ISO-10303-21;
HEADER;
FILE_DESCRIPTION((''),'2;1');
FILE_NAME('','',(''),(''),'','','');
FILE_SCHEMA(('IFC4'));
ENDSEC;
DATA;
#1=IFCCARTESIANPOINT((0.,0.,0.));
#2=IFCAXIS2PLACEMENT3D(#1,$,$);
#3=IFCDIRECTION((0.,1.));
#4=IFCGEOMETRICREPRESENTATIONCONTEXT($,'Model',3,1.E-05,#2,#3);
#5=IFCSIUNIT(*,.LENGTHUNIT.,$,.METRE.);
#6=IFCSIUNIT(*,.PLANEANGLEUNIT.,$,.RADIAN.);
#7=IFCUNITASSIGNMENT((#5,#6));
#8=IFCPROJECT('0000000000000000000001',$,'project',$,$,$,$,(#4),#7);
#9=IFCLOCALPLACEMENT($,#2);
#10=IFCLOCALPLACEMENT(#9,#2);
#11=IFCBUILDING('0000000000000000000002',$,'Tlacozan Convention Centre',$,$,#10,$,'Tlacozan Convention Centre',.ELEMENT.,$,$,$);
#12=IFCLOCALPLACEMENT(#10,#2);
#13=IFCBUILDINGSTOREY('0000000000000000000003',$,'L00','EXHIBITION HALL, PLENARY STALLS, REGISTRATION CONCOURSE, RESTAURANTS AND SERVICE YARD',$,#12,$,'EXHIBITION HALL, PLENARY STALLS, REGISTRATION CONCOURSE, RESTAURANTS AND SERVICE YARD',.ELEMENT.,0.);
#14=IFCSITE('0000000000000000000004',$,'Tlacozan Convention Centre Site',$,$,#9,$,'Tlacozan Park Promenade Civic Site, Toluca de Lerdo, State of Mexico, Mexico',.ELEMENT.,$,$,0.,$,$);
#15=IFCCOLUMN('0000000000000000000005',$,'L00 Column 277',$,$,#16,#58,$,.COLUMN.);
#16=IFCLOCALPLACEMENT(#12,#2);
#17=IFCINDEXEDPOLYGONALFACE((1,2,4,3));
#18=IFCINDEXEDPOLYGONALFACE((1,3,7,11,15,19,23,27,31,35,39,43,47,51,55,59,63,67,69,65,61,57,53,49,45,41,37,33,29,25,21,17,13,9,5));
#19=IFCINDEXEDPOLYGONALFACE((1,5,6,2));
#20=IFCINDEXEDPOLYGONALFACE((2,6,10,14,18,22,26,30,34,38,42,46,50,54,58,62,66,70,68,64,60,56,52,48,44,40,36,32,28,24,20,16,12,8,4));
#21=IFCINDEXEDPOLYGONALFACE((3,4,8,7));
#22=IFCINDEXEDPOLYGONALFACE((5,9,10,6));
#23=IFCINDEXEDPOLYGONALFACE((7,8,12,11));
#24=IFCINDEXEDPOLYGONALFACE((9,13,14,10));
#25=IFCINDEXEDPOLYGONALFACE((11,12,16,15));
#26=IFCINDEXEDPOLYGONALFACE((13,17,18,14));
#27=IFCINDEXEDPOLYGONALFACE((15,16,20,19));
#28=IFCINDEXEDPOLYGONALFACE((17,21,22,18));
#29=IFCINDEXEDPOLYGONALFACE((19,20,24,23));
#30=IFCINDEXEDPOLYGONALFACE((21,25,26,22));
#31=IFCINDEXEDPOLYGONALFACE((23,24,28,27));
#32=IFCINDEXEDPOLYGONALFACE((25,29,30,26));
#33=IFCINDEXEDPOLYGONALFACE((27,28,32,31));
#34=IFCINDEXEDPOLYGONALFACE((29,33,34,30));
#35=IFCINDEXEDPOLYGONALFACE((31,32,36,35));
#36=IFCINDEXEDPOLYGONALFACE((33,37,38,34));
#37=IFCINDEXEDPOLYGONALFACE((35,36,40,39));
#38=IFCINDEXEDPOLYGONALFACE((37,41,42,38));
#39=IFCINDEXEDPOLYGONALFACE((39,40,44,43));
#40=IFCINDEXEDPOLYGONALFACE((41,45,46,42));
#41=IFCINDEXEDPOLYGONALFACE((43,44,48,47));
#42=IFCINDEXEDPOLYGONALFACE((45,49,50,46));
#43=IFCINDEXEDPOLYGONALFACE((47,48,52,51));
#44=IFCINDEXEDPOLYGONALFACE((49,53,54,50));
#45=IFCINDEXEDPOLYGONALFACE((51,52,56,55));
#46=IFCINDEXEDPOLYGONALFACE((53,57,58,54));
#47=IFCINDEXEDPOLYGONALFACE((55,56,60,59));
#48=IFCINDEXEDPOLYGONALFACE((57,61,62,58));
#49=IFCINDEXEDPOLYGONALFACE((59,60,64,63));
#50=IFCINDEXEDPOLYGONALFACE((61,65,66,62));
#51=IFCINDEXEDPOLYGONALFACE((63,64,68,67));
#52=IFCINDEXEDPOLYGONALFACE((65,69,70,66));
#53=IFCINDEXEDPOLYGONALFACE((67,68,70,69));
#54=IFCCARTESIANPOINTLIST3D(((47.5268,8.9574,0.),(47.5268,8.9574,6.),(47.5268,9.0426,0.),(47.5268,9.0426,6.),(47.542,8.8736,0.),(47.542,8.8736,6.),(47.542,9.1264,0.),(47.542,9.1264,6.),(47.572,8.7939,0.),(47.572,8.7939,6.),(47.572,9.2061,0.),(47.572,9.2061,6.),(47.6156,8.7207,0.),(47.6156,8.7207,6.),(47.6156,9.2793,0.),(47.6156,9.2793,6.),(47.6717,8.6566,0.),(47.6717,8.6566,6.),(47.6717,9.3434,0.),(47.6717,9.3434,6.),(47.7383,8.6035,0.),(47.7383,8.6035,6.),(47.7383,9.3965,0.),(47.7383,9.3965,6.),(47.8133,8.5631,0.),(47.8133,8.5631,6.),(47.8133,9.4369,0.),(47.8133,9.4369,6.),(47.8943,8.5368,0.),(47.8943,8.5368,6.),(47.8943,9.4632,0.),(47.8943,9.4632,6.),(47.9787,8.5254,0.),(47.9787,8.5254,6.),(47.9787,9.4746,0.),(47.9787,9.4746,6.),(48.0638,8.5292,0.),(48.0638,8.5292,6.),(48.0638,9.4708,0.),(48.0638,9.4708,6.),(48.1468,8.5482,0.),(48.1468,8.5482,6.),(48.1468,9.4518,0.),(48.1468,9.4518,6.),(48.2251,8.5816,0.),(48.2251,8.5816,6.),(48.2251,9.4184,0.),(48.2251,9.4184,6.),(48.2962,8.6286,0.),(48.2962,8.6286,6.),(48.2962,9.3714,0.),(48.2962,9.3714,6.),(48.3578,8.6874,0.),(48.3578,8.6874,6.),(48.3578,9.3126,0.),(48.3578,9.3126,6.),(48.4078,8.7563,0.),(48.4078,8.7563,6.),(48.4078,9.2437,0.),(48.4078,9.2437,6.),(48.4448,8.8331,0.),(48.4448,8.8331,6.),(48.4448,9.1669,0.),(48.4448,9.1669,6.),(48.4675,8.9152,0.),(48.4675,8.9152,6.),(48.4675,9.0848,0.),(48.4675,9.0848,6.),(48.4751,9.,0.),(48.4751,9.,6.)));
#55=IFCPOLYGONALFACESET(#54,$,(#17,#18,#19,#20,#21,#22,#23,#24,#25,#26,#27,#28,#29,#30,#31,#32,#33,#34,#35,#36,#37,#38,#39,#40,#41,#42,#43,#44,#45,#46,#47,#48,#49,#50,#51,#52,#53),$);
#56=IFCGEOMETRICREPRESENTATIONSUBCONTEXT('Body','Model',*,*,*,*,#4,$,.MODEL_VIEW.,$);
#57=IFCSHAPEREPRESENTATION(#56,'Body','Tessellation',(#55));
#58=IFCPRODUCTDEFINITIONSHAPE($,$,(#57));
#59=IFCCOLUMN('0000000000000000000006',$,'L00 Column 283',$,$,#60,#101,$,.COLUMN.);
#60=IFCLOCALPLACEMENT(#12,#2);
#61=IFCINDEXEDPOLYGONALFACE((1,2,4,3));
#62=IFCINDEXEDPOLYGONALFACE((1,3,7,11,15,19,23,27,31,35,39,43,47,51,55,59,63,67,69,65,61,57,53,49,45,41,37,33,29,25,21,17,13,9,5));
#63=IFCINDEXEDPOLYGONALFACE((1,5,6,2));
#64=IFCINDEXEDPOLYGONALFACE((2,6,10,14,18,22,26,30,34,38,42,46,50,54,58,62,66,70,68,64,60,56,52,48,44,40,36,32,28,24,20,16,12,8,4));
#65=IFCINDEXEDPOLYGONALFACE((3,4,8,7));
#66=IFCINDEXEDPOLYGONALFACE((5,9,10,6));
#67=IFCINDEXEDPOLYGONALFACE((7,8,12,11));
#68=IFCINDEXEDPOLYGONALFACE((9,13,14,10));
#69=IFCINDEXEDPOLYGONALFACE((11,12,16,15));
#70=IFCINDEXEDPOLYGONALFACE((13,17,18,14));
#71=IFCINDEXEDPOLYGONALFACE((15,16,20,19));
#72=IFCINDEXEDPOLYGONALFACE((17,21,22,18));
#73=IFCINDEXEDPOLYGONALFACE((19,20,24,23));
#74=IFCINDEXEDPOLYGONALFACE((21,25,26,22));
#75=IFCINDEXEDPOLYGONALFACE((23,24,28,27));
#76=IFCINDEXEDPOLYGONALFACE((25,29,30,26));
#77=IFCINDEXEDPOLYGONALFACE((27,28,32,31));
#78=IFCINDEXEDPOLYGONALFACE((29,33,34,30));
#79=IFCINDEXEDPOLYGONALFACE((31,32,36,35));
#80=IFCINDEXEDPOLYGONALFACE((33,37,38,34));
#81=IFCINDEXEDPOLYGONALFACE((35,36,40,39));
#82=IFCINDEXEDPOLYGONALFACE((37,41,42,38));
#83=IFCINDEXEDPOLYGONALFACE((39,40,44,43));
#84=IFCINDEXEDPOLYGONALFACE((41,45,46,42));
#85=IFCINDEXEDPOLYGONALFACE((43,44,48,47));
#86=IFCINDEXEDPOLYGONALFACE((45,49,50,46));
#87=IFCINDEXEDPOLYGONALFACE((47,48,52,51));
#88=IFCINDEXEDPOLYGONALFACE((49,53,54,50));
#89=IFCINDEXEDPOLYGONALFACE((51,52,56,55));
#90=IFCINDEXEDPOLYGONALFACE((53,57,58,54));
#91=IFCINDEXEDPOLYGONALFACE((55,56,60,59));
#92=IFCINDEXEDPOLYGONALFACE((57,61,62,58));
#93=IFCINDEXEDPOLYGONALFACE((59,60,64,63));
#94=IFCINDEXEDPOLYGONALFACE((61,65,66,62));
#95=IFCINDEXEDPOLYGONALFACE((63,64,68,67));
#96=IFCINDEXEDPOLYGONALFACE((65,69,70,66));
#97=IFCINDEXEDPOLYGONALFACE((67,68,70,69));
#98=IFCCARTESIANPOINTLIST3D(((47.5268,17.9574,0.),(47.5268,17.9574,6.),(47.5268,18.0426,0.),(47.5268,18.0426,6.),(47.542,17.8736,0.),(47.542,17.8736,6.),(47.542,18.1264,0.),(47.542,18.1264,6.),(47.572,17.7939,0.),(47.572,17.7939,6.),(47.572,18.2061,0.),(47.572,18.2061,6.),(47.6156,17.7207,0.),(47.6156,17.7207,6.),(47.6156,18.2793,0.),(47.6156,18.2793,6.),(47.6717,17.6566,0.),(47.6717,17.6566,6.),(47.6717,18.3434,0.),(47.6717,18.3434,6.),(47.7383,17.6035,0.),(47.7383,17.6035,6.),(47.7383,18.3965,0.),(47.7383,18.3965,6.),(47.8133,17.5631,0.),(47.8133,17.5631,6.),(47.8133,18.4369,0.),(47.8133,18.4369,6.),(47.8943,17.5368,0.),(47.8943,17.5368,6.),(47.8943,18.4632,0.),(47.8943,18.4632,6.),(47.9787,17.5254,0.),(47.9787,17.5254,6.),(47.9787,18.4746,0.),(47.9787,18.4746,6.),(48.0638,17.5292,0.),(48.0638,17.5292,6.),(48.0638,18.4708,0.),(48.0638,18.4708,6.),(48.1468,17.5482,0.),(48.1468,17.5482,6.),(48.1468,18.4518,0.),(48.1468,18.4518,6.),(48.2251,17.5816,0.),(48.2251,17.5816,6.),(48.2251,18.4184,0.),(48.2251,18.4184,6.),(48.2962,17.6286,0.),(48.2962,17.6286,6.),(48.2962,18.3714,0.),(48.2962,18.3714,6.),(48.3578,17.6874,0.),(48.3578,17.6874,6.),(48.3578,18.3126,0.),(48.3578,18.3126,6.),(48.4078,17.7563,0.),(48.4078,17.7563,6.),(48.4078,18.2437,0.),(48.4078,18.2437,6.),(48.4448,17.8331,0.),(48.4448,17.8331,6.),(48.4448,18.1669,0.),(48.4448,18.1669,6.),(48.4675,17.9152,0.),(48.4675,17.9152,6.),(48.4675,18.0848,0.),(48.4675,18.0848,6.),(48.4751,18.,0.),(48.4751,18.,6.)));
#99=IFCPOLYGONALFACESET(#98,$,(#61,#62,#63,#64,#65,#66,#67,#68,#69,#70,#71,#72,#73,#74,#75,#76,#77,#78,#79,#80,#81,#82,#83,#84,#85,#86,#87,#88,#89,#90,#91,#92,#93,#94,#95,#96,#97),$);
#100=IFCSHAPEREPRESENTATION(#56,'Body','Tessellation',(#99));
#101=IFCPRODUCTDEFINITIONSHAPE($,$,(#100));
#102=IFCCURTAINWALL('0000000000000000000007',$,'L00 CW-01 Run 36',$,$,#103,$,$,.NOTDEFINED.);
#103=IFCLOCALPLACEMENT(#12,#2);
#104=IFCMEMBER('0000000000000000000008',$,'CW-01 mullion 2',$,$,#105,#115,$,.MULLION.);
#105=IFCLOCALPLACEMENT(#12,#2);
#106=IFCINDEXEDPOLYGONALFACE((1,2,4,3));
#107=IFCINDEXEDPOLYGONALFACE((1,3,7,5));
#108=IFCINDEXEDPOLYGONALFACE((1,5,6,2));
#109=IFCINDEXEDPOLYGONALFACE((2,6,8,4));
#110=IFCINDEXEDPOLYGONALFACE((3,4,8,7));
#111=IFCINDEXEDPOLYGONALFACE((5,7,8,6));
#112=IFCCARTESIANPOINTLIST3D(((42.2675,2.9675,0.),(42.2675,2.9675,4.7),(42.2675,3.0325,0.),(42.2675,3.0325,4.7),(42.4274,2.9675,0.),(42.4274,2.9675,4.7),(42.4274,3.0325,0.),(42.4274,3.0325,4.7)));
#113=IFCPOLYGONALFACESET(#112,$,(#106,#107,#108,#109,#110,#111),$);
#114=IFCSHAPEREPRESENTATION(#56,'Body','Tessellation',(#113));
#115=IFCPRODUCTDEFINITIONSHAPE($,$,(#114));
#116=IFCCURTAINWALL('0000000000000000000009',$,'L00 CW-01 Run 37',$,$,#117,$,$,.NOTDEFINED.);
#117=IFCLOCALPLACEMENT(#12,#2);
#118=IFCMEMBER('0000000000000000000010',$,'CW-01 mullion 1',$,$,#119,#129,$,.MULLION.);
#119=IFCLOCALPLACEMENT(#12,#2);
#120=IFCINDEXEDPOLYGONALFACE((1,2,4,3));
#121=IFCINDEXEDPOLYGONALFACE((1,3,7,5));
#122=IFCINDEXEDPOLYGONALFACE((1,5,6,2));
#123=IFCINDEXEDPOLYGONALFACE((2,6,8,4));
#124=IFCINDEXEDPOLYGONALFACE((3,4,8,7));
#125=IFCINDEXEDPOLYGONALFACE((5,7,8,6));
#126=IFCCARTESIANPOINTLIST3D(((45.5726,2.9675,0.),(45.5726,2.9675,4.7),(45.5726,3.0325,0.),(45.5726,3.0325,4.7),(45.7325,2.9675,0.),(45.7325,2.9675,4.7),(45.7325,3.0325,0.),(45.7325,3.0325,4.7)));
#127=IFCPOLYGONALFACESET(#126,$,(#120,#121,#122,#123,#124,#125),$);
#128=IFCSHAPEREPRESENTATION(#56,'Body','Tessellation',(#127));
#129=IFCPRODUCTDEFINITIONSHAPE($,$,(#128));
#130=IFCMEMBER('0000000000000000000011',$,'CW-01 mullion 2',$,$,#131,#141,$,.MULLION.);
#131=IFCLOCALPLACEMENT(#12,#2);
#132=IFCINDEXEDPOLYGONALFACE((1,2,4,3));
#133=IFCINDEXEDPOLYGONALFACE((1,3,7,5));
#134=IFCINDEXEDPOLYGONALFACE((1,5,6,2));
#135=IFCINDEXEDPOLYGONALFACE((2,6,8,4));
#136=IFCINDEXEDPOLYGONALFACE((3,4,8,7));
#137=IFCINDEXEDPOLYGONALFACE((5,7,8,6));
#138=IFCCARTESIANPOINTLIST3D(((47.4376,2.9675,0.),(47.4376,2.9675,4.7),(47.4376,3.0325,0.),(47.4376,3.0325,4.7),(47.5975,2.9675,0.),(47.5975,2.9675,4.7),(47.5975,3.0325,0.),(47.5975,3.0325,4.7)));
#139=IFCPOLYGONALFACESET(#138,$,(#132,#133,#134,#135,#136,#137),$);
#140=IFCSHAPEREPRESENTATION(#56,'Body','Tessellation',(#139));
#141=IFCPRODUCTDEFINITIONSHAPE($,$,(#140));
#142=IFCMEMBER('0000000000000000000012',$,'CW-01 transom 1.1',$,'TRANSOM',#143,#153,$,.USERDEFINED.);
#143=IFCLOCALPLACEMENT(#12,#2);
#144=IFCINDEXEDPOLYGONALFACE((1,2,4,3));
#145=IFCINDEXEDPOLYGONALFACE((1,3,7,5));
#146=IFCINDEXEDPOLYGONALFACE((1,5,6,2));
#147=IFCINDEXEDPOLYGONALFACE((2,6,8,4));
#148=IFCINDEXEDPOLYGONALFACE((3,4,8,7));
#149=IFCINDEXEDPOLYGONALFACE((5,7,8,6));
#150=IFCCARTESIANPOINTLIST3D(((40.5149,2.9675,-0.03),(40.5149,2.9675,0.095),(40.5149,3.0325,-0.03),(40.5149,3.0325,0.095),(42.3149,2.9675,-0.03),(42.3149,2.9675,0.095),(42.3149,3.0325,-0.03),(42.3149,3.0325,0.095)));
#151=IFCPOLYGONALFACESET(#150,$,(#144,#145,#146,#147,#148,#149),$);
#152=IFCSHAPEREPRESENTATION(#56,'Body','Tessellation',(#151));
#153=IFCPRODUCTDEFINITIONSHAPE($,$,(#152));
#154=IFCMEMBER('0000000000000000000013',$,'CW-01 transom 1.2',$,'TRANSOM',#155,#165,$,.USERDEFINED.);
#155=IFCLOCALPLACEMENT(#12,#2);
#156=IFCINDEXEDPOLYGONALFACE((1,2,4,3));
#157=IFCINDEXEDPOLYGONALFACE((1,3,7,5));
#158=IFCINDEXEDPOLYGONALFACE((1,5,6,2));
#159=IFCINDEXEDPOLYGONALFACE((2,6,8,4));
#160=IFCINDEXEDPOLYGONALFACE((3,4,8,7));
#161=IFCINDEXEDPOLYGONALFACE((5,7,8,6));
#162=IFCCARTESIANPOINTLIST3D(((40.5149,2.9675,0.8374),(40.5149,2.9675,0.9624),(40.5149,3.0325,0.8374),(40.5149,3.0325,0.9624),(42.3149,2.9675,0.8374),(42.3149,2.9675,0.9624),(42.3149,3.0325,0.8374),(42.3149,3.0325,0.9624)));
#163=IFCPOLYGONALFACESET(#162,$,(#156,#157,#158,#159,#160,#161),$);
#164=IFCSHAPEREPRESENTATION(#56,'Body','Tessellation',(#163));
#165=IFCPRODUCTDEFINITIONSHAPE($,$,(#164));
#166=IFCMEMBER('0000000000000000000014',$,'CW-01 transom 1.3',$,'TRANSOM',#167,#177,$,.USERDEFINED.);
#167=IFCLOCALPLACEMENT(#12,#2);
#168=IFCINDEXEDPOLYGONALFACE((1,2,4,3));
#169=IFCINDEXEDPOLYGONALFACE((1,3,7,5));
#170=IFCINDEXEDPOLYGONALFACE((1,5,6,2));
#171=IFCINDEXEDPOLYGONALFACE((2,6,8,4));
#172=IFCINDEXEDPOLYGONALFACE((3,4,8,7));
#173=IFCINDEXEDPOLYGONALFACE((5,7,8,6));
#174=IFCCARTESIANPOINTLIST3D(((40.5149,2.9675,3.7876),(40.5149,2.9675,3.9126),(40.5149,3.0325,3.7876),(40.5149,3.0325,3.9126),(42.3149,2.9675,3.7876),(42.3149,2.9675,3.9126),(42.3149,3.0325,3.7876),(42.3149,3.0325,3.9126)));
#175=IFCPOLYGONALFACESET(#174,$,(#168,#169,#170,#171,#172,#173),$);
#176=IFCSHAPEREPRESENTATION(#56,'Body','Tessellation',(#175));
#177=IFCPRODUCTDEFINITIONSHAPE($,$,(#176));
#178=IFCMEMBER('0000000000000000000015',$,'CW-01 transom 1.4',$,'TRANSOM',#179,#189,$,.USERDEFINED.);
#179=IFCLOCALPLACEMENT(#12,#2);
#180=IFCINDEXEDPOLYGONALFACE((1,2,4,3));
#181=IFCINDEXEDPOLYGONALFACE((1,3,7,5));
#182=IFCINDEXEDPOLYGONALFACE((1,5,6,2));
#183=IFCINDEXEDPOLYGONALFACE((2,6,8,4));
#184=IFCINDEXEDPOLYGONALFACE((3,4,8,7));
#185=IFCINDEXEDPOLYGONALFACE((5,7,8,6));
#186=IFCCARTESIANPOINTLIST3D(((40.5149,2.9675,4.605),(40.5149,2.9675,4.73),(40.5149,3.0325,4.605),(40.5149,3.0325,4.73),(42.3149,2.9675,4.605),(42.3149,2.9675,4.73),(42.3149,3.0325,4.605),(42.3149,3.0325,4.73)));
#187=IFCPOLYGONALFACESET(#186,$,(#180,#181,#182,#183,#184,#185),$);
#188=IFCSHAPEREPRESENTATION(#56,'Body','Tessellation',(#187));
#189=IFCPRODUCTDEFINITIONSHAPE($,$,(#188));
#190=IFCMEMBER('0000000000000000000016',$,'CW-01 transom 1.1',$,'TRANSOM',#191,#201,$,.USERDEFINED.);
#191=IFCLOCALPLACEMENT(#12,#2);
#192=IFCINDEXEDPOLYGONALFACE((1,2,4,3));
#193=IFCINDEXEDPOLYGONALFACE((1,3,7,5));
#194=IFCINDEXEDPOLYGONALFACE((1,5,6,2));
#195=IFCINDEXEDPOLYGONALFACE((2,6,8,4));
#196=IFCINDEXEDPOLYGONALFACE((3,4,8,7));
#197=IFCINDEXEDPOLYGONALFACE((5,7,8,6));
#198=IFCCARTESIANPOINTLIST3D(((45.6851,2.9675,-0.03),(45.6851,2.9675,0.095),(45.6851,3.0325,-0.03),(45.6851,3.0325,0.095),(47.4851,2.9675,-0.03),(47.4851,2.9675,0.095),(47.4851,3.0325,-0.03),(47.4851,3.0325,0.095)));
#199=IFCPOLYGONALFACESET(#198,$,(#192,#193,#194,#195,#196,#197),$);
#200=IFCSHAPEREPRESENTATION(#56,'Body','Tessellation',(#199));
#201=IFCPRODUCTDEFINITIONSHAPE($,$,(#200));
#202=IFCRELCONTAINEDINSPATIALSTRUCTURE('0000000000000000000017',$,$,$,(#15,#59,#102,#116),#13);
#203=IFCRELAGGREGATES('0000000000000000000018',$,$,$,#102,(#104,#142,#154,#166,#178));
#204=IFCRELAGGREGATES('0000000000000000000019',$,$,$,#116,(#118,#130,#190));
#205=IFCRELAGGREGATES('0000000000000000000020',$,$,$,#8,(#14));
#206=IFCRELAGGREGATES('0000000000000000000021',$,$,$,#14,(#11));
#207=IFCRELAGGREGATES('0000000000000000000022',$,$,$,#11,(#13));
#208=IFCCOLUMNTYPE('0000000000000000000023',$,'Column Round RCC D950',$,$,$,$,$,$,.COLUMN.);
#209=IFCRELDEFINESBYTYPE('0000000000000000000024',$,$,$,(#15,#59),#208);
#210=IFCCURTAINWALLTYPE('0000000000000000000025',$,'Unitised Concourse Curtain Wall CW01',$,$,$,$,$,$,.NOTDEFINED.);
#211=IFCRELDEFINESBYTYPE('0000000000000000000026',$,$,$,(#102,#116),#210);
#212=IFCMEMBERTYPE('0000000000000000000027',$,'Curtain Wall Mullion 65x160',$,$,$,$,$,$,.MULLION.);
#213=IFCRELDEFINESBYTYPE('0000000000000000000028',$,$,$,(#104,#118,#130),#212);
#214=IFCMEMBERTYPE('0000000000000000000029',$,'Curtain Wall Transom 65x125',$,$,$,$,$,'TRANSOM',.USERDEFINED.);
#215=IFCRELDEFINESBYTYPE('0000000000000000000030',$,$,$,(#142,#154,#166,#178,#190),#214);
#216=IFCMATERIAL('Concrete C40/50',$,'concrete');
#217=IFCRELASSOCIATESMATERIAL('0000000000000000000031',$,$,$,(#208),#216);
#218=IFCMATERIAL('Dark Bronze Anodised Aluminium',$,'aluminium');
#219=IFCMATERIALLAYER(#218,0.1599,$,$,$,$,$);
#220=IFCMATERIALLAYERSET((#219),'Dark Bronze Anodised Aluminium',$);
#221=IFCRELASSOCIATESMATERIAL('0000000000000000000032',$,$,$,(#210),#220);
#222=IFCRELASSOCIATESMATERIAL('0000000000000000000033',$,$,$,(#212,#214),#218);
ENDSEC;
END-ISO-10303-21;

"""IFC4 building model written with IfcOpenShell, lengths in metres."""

from ifc_helpers import new_model, si_unit, direction, frame, origin, origin_2d, place, context, subcontext, project, spatial, rectangle, circle, extrude, material, layer, layer_set, material_profile, profile_set, type_object, element, aggregate, save


model = new_model("IFC4")

# Units and contexts
model_context = context("Model", 3, precision=1e-05, world=origin(), true_north=direction((0.0, 1.0)))
body_context = subcontext(model_context, "Body", "Model", "MODEL_VIEW")
ifc_project = project(units=[si_unit("LENGTHUNIT", "METRE"), si_unit("PLANEANGLEUNIT", "RADIAN")], contexts=[model_context])

# Site, building, storey
site_placement = place(None, origin())
site = spatial("IfcSite", under=ifc_project, at=site_placement, Name="Tlacozan Convention Centre Site", LongName="Tlacozan Park Promenade Civic Site, Toluca de Lerdo, State of Mexico, Mexico", CompositionType="ELEMENT", RefElevation=0.0)
building_placement = place(site_placement, origin())
building = spatial("IfcBuilding", under=site, at=building_placement, Name="Tlacozan Convention Centre", LongName="Tlacozan Convention Centre", CompositionType="ELEMENT")
storey_placement = place(building_placement, origin())
storey = spatial("IfcBuildingStorey", under=building, at=storey_placement, Name="L00", Description="EXHIBITION HALL, PLENARY STALLS, REGISTRATION CONCOURSE, RESTAURANTS AND SERVICE YARD", LongName="EXHIBITION HALL, PLENARY STALLS, REGISTRATION CONCOURSE, RESTAURANTS AND SERVICE YARD", CompositionType="ELEMENT", Elevation=0.0)

# Columns
ifc_material_1 = material(Name="Concrete C40/50", Category="concrete")
ifc_material_profile_1 = material_profile(ifc_material_1, circle(Radius=0.4751, at=origin_2d()), Name="RCC D950")
ifc_profile_set_1 = profile_set([ifc_material_profile_1], Name="Concrete C40/50")
column_type = type_object("IfcColumnType", Name="Column Round RCC D950", PredefinedType="COLUMN", material=ifc_profile_set_1)
for number, where, z_axis, x_axis, name in (
    (1, (48.0, 9.0, 0.0), (0.0, 0.0, 1.0), (1.0, 0.0, 0.0), "L00 Column 277"),
    (2, (48.0, 18.0, 0.0), (0.0, 0.0, 1.0), (1.0, 0.0, 0.0), "L00 Column 283"),
):
    element("IfcColumn", number, at=place(storey_placement, frame(where, z_axis=z_axis, x_axis=x_axis)), inside=storey, type_object=column_type, Name=name, PredefinedType="COLUMN", context=body_context, shape_type="SweptSolid", body=[
        extrude(circle(Radius=0.4751, at=origin_2d()), origin(), (0.0, 0.0, 1.0), 6.0),
    ])

# Curtain wall, member
ifc_material_2 = material(Name="Dark Bronze Anodised Aluminium", Category="aluminium")
ifc_layer_1 = layer(ifc_material_2, 0.1599)
ifc_layer_set_1 = layer_set([ifc_layer_1], Name="Dark Bronze Anodised Aluminium")
curtain_wall_type = type_object("IfcCurtainWallType", Name="Unitised Concourse Curtain Wall CW01", PredefinedType="NOTDEFINED", material=ifc_layer_set_1)
curtain_wall_1_placement = place(storey_placement, origin())
curtain_wall_1 = element("IfcCurtainWall", 3, at=curtain_wall_1_placement, inside=storey, type_object=curtain_wall_type, Name="L00 CW-01 Run 36", PredefinedType="NOTDEFINED")
ifc_material_profile_2 = material_profile(ifc_material_2, rectangle(XDim=0.0649, YDim=0.1599, at=origin_2d()), Name="ALU 65x160")
ifc_profile_set_2 = profile_set([ifc_material_profile_2], Name="Dark Bronze Anodised Aluminium")
member_type_1 = type_object("IfcMemberType", Name="Curtain Wall Mullion 65x160", PredefinedType="MULLION", material=ifc_profile_set_2)
member_1_placement = place(storey_placement, frame((42.3474, 3.0, 0.0), z_axis=(0.0, 0.0, 1.0), x_axis=(0.0, 1.0, 0.0)))
member_1 = element("IfcMember", 4, at=member_1_placement, type_object=member_type_1, Name="CW-01 mullion 2", PredefinedType="MULLION", context=body_context, shape_type="SweptSolid", body=[
    extrude(rectangle(XDim=0.0649, YDim=0.1599, at=origin_2d()), origin(), (0.0, 0.0, 1.0), 4.7),
])

# Curtain wall, members
curtain_wall_2_placement = place(storey_placement, origin())
curtain_wall_2 = element("IfcCurtainWall", 5, at=curtain_wall_2_placement, inside=storey, type_object=curtain_wall_type, Name="L00 CW-01 Run 37", PredefinedType="NOTDEFINED")
member_2_placement = place(storey_placement, frame((45.6526, 3.0, 0.0), z_axis=(0.0, 0.0, 1.0), x_axis=(0.0, 1.0, 0.0)))
member_2 = element("IfcMember", 6, at=member_2_placement, type_object=member_type_1, Name="CW-01 mullion 1", PredefinedType="MULLION", context=body_context, shape_type="SweptSolid", body=[
    extrude(rectangle(XDim=0.0649, YDim=0.1599, at=origin_2d()), origin(), (0.0, 0.0, 1.0), 4.7),
])
member_3_placement = place(storey_placement, frame((47.5176, 3.0, 0.0), z_axis=(0.0, 0.0, 1.0), x_axis=(0.0, 1.0, 0.0)))
member_3 = element("IfcMember", 7, at=member_3_placement, type_object=member_type_1, Name="CW-01 mullion 2", PredefinedType="MULLION", context=body_context, shape_type="SweptSolid", body=[
    extrude(rectangle(XDim=0.0649, YDim=0.1599, at=origin_2d()), origin(), (0.0, 0.0, 1.0), 4.7),
])

# Members
ifc_material_profile_3 = material_profile(ifc_material_2, rectangle(XDim=0.0649, YDim=0.125, at=origin_2d()), Name="ALU 65x125")
ifc_profile_set_3 = profile_set([ifc_material_profile_3], Name="Dark Bronze Anodised Aluminium")
member_type_2 = type_object("IfcMemberType", Name="Curtain Wall Transom 65x125", ElementType="TRANSOM", PredefinedType="USERDEFINED", material=ifc_profile_set_3)
member_4_placement = place(storey_placement, frame((40.5149, 3.0, 0.0325), z_axis=(1.0, 0.0, 0.0), x_axis=(0.0, 1.0, 0.0)))
member_4 = element("IfcMember", 8, at=member_4_placement, type_object=member_type_2, Name="CW-01 transom 1.1", ObjectType="TRANSOM", PredefinedType="USERDEFINED", context=body_context, shape_type="SweptSolid", body=[
    extrude(rectangle(XDim=0.0649, YDim=0.125, at=origin_2d()), origin(), (0.0, 0.0, 1.0), 1.8),
])
member_5_placement = place(storey_placement, frame((40.5149, 3.0, 0.8999), z_axis=(1.0, 0.0, 0.0), x_axis=(0.0, 1.0, 0.0)))
member_5 = element("IfcMember", 9, at=member_5_placement, type_object=member_type_2, Name="CW-01 transom 1.2", ObjectType="TRANSOM", PredefinedType="USERDEFINED", context=body_context, shape_type="SweptSolid", body=[
    extrude(rectangle(XDim=0.0649, YDim=0.125, at=origin_2d()), origin(), (0.0, 0.0, 1.0), 1.8),
])
member_6_placement = place(storey_placement, frame((40.5149, 3.0, 3.8501), z_axis=(1.0, 0.0, 0.0), x_axis=(0.0, 1.0, 0.0)))
member_6 = element("IfcMember", 10, at=member_6_placement, type_object=member_type_2, Name="CW-01 transom 1.3", ObjectType="TRANSOM", PredefinedType="USERDEFINED", context=body_context, shape_type="SweptSolid", body=[
    extrude(rectangle(XDim=0.0649, YDim=0.125, at=origin_2d()), origin(), (0.0, 0.0, 1.0), 1.8),
])
member_7_placement = place(storey_placement, frame((40.5149, 3.0, 4.6675), z_axis=(1.0, 0.0, 0.0), x_axis=(0.0, 1.0, 0.0)))
member_7 = element("IfcMember", 11, at=member_7_placement, type_object=member_type_2, Name="CW-01 transom 1.4", ObjectType="TRANSOM", PredefinedType="USERDEFINED", context=body_context, shape_type="SweptSolid", body=[
    extrude(rectangle(XDim=0.0649, YDim=0.125, at=origin_2d()), origin(), (0.0, 0.0, 1.0), 1.8),
])
member_8_placement = place(storey_placement, frame((45.6851, 3.0, 0.0325), z_axis=(1.0, 0.0, 0.0), x_axis=(0.0, 1.0, 0.0)))
member_8 = element("IfcMember", 12, at=member_8_placement, type_object=member_type_2, Name="CW-01 transom 1.1", ObjectType="TRANSOM", PredefinedType="USERDEFINED", context=body_context, shape_type="SweptSolid", body=[
    extrude(rectangle(XDim=0.0649, YDim=0.125, at=origin_2d()), origin(), (0.0, 0.0, 1.0), 1.8),
])

aggregate(curtain_wall_1, [member_1, member_4, member_5, member_6, member_7])
aggregate(curtain_wall_2, [member_2, member_3, member_8])

save(model, "model.ifc")
